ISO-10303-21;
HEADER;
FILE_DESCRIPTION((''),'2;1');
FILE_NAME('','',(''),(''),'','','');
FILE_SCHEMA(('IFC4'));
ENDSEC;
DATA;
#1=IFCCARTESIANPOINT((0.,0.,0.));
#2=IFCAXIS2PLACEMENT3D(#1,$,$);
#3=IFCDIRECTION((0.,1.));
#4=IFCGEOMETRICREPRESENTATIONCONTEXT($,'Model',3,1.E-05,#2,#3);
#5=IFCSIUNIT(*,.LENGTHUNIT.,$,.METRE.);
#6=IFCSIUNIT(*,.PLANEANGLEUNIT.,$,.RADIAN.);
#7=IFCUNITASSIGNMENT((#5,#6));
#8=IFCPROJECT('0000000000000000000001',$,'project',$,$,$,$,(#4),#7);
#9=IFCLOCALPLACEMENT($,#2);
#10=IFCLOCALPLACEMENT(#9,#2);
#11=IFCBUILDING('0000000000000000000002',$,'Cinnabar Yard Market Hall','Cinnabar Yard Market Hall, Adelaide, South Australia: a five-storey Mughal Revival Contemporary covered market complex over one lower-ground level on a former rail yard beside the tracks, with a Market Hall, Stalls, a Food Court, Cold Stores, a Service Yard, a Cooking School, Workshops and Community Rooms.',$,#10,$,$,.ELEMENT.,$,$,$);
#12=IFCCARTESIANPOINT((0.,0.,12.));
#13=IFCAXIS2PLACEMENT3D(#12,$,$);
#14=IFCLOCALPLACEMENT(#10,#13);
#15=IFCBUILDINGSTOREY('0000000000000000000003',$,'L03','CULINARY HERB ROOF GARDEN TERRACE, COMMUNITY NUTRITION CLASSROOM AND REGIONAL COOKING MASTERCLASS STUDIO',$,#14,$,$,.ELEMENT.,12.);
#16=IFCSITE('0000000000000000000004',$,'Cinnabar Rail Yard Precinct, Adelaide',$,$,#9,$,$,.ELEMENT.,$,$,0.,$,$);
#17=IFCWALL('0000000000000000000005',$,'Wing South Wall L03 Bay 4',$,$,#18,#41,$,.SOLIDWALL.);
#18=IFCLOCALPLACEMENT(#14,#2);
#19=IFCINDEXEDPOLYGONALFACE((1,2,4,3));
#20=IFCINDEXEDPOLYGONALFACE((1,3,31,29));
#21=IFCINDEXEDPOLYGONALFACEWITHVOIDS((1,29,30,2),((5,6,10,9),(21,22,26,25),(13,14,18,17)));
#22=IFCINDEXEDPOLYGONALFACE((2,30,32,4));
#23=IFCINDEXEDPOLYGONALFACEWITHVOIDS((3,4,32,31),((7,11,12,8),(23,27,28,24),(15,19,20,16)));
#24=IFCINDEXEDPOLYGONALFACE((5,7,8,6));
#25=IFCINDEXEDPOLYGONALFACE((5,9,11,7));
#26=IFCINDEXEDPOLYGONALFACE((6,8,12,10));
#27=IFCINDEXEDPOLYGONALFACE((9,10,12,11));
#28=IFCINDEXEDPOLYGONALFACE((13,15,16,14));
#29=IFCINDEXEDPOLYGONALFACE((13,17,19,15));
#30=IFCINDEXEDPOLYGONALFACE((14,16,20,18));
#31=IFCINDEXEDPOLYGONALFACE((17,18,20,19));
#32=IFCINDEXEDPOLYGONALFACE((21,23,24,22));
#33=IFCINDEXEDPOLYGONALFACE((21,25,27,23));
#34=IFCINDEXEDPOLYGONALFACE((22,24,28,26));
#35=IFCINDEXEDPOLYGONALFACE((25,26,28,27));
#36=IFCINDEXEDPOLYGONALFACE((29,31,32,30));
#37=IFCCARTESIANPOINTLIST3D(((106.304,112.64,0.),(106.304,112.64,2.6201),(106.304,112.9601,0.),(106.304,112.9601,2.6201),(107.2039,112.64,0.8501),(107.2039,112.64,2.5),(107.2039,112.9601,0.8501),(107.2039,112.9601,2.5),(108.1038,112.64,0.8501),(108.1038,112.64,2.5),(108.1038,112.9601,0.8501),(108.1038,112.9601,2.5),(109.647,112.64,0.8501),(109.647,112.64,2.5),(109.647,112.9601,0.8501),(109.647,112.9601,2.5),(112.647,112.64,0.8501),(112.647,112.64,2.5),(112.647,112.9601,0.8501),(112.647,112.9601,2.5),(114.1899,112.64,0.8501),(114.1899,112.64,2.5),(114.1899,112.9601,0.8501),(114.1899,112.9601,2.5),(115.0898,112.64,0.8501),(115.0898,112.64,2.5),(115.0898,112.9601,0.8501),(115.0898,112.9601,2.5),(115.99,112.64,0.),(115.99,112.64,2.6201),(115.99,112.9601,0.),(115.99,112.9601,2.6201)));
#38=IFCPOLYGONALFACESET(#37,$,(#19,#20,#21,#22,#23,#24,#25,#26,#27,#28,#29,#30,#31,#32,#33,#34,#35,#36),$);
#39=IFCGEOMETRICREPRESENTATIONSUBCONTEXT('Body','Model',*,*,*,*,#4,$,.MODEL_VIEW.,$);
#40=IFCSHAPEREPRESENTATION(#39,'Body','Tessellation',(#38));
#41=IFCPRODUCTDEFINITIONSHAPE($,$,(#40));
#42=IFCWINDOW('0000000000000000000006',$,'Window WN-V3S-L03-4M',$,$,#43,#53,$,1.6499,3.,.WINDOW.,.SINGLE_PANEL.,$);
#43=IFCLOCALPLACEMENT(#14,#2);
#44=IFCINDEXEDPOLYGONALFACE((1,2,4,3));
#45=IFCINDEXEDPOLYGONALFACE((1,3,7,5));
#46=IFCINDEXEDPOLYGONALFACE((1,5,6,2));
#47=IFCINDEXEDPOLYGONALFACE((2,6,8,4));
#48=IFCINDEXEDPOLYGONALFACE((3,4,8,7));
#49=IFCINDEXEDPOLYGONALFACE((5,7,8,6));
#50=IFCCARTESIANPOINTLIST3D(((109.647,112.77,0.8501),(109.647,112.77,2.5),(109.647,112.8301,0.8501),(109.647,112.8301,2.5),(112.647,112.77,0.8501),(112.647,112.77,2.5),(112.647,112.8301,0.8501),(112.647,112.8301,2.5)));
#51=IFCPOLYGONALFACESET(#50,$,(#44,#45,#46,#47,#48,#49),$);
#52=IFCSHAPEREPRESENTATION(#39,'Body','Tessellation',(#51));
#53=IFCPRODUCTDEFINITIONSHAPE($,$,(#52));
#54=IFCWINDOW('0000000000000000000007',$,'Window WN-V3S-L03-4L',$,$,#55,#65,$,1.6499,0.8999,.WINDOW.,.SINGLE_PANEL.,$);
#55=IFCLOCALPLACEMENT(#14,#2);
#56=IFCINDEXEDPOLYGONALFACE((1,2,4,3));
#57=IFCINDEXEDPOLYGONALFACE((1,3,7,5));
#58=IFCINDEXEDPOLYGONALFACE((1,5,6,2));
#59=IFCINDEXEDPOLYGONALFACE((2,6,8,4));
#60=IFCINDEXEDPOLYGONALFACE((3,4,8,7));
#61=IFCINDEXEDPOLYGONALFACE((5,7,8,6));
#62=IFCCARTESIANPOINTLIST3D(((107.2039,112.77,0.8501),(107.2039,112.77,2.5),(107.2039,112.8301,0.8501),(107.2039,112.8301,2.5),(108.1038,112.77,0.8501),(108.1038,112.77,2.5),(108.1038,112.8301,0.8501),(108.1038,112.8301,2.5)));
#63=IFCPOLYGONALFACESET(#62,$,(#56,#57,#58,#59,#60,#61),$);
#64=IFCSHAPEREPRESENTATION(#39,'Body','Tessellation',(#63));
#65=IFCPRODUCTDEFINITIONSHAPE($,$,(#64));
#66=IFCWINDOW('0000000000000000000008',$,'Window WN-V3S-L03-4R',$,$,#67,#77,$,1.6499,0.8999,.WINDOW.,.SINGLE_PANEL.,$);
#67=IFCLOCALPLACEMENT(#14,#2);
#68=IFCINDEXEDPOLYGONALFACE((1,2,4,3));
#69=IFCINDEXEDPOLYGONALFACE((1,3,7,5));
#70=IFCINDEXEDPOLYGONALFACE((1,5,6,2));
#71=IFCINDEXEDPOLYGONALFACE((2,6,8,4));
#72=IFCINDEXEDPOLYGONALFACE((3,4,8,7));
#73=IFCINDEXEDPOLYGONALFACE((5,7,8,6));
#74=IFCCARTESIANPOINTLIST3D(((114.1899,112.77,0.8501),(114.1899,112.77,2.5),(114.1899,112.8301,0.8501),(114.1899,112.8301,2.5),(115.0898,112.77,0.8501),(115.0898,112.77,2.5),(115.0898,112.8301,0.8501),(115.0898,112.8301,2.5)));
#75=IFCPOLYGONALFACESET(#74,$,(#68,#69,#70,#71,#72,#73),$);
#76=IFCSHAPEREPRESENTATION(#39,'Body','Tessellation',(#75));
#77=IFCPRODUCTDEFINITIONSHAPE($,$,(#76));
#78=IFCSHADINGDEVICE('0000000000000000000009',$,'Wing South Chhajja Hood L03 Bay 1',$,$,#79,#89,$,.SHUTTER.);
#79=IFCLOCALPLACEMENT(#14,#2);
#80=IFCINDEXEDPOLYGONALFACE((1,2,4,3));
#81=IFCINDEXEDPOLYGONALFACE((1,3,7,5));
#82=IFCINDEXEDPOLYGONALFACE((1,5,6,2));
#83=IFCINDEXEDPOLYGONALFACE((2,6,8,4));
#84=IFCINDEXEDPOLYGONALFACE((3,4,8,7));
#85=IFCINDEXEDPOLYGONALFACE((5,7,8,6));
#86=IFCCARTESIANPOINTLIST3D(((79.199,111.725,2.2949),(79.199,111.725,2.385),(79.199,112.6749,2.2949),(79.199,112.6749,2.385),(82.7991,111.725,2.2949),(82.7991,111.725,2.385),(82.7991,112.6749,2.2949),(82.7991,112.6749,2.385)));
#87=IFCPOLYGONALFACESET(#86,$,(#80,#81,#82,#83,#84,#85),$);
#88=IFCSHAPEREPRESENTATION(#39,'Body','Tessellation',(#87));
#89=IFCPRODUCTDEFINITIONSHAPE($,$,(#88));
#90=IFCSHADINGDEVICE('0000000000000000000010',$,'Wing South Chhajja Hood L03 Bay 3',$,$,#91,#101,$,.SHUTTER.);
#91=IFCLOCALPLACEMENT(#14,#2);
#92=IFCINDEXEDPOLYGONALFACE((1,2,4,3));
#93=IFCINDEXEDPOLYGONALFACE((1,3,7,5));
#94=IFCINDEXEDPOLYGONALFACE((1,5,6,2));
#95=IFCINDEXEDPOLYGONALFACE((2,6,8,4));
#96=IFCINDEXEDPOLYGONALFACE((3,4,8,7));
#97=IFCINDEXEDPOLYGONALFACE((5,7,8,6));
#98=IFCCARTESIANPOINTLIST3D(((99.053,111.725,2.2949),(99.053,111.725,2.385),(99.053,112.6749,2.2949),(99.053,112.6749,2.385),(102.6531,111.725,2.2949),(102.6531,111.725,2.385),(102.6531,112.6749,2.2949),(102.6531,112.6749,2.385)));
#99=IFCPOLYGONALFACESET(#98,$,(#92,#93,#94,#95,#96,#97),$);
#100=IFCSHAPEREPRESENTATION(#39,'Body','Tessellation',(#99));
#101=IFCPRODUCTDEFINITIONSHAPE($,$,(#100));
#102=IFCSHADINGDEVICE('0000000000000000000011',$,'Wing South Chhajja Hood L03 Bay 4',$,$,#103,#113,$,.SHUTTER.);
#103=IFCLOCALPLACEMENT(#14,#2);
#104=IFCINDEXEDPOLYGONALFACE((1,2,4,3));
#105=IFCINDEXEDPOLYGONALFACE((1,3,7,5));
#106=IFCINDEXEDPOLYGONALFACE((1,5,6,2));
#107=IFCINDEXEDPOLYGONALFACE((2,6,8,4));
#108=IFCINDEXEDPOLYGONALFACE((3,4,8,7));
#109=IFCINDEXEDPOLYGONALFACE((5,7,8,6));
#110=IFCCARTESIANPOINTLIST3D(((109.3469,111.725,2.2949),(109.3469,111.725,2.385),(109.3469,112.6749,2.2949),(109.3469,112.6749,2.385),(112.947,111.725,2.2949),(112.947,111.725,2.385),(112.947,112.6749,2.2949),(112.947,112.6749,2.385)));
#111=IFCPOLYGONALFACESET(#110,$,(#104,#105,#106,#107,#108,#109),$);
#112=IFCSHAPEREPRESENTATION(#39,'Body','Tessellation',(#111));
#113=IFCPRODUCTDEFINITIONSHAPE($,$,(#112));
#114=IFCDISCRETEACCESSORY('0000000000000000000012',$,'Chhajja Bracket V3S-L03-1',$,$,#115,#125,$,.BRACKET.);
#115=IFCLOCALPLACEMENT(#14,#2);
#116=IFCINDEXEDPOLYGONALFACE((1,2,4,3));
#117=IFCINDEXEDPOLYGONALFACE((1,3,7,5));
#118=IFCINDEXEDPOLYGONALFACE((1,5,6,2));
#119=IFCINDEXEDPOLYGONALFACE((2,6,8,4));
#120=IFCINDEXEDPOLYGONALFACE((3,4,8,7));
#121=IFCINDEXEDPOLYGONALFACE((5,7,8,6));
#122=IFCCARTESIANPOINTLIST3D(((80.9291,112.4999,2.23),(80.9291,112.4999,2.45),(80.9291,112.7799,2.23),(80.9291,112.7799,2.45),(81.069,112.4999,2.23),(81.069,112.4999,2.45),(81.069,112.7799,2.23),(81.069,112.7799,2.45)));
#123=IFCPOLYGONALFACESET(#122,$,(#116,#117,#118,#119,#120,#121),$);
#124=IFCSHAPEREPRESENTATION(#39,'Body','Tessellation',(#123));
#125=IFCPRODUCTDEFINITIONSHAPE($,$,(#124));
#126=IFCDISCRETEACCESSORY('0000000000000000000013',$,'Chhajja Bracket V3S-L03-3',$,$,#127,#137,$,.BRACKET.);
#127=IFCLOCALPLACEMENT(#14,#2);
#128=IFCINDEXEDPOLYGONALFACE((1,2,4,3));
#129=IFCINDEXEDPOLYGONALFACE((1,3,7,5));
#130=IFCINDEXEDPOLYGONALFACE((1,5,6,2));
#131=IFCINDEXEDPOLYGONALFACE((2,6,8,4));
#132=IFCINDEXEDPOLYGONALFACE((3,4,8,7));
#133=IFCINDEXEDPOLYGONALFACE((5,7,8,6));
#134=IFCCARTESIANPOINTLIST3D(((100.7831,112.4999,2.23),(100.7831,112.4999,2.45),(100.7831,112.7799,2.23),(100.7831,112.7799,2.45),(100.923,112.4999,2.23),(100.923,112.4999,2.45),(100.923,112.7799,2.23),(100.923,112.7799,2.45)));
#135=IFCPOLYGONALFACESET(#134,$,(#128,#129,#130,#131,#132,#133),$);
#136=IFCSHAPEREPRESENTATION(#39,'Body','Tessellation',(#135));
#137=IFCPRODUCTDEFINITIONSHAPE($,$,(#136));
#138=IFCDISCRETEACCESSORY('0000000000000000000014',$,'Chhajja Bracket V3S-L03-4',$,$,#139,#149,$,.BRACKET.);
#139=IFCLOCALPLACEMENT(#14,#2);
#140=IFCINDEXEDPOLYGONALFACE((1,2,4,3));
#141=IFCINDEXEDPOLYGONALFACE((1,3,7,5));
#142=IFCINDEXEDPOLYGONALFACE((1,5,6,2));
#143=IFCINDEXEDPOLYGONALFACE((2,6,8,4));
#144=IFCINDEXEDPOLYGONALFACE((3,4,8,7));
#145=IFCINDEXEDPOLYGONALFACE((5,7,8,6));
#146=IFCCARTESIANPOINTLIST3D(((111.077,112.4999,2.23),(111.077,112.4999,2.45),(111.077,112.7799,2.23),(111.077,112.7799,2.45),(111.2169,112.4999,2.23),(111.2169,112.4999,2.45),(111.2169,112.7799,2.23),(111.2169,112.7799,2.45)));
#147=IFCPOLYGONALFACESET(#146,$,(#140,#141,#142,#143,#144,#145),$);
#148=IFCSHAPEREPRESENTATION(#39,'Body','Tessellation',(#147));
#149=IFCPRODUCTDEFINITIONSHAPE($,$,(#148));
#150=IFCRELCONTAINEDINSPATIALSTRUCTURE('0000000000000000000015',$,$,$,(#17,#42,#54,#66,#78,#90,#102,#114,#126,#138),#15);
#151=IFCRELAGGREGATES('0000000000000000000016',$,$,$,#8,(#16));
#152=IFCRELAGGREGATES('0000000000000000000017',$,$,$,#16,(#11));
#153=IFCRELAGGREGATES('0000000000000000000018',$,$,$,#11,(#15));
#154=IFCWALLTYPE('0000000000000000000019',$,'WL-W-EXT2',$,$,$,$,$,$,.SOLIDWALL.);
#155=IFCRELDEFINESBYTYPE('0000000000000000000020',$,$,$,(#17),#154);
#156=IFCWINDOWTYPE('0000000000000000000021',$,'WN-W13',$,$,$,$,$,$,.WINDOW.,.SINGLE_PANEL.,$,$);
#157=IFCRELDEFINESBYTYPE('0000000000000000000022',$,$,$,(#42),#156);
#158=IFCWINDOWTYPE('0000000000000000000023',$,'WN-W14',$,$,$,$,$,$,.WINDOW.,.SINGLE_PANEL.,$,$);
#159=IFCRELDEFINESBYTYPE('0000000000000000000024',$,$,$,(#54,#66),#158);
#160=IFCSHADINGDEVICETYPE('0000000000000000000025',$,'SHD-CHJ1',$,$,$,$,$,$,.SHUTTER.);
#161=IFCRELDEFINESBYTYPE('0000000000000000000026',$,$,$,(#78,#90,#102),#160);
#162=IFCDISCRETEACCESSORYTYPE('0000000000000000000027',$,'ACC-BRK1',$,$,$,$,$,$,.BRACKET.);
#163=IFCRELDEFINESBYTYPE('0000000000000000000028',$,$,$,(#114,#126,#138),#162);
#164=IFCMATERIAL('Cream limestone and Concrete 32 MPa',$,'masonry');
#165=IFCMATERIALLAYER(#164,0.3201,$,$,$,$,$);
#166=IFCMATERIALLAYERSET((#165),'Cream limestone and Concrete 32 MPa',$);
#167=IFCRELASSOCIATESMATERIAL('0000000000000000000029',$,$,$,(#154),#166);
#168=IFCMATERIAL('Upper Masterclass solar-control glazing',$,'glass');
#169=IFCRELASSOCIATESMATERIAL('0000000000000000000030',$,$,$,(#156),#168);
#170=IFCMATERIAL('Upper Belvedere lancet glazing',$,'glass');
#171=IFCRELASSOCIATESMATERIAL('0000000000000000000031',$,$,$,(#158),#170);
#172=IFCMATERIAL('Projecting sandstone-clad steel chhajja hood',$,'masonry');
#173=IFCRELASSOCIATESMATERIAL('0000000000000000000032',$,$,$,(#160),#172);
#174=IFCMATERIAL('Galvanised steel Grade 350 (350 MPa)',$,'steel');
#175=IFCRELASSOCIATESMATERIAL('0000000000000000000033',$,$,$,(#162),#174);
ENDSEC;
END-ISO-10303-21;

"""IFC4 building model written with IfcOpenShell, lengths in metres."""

from ifc_helpers import new_model, si_unit, direction, frame, frame_2d, origin, origin_2d_with_axis, place, context, subcontext, project, spatial, rectangle, extrude, material, layer, layer_set, type_object, element, fill, save


model = new_model("IFC4")

# Units and contexts
model_context = context("Model", 3, precision=1e-05, world=origin(), true_north=direction((0.0, 1.0)))
body_context = subcontext(model_context, "Body", "Model", "MODEL_VIEW")
ifc_project = project(units=[si_unit("LENGTHUNIT", "METRE"), si_unit("PLANEANGLEUNIT", "RADIAN")], contexts=[model_context])

# Site, building, storey
site_placement = place(None, origin())
site = spatial("IfcSite", under=ifc_project, at=site_placement, Name="Cinnabar Rail Yard Precinct, Adelaide", CompositionType="ELEMENT", RefElevation=0.0)
building_placement = place(site_placement, origin())
building = spatial("IfcBuilding", under=site, at=building_placement, Name="Cinnabar Yard Market Hall", Description="Cinnabar Yard Market Hall, Adelaide, South Australia: a five-storey Mughal Revival Contemporary covered market complex over one lower-ground level on a former rail yard beside the tracks, with a Market Hall, Stalls, a Food Court, Cold Stores, a Service Yard, a Cooking School, Workshops and Community Rooms.", CompositionType="ELEMENT")
storey_placement = place(building_placement, frame((0.0, 0.0, 12.0)))
storey = spatial("IfcBuildingStorey", under=building, at=storey_placement, Name="L03", Description="CULINARY HERB ROOF GARDEN TERRACE, COMMUNITY NUTRITION CLASSROOM AND REGIONAL COOKING MASTERCLASS STUDIO", CompositionType="ELEMENT", Elevation=12.0)

# Shared definitions
ifc_material_1 = material(Name="Cream limestone and Concrete 32 MPa", Category="masonry")
ifc_layer_1 = layer(ifc_material_1, 0.3201)
ifc_layer_set_1 = layer_set([ifc_layer_1], Name="Cream limestone and Concrete 32 MPa")
wall_type_1 = type_object("IfcWallType", Name="WL-W-EXT2", PredefinedType="SOLIDWALL", material=ifc_layer_set_1)

# Wall, openings, windows
wall_1_placement = place(storey_placement, frame((106.304, 112.8, 0.0), z_axis=(0.0, 0.0, 1.0), x_axis=(1.0, 0.0, 0.0)))
wall_1 = element("IfcWall", 1, at=wall_1_placement, inside=storey, type_object=wall_type_1, Name="Wing South Wall L03 Bay 4", PredefinedType="SOLIDWALL", context=body_context, shape_type="SweptSolid", body=[
    extrude(rectangle(XDim=9.686, YDim=0.3201, at=frame_2d((4.843, 0.0), x_axis=(1.0, 0.0))), origin(), (0.0, 0.0, 1.0), 2.6201),
])
opening_1_placement = place(wall_1_placement, frame((3.343, 0.0, 0.8501)))
opening_1 = element("IfcOpeningElement", 2, at=opening_1_placement, cuts=wall_1, PredefinedType="OPENING", context=body_context, shape_type="SweptSolid", body=[
    extrude(rectangle(XDim=3.0, YDim=1.6499, at=frame_2d((1.5, 0.825), x_axis=(1.0, 0.0))), frame((0.0, 0.1699, 0.0), z_axis=(0.0, -1.0, 0.0), x_axis=(1.0, 0.0, 0.0)), (0.0, 0.0, 1.0), 0.3401),
])
opening_2_placement = place(wall_1_placement, frame((0.8999, 0.0, 0.8501)))
opening_2 = element("IfcOpeningElement", 3, at=opening_2_placement, cuts=wall_1, PredefinedType="OPENING", context=body_context, shape_type="SweptSolid", body=[
    extrude(rectangle(XDim=0.8999, YDim=1.6499, at=frame_2d((0.45, 0.825), x_axis=(1.0, 0.0))), frame((0.0, 0.1699, 0.0), z_axis=(0.0, -1.0, 0.0), x_axis=(1.0, 0.0, 0.0)), (0.0, 0.0, 1.0), 0.3401),
])
opening_3_placement = place(wall_1_placement, frame((7.886, 0.0, 0.8501)))
opening_3 = element("IfcOpeningElement", 4, at=opening_3_placement, cuts=wall_1, PredefinedType="OPENING", context=body_context, shape_type="SweptSolid", body=[
    extrude(rectangle(XDim=0.8999, YDim=1.6499, at=frame_2d((0.45, 0.825), x_axis=(1.0, 0.0))), frame((0.0, 0.1699, 0.0), z_axis=(0.0, -1.0, 0.0), x_axis=(1.0, 0.0, 0.0)), (0.0, 0.0, 1.0), 0.3401),
])
ifc_material_2 = material(Name="Upper Masterclass solar-control glazing", Category="glass")
window_type_1 = type_object("IfcWindowType", Name="WN-W13", PartitioningType="SINGLE_PANEL", PredefinedType="WINDOW", material=ifc_material_2)
window_1_placement = place(opening_1_placement, origin())
window_1 = element("IfcWindow", 5, at=window_1_placement, inside=storey, type_object=window_type_1, Name="Window WN-V3S-L03-4M", OverallHeight=1.6499, OverallWidth=3.0, PartitioningType="SINGLE_PANEL", PredefinedType="WINDOW", context=body_context, shape_type="SweptSolid", body=[
    extrude(rectangle(XDim=3.0, YDim=1.6499, at=frame_2d((1.5, 0.825), x_axis=(1.0, 0.0))), frame((0.0, 0.03, 0.0), z_axis=(0.0, -1.0, 0.0), x_axis=(1.0, 0.0, 0.0)), (0.0, 0.0, 1.0), 0.0601),
])
fill(opening_1, window_1)
ifc_material_3 = material(Name="Upper Belvedere lancet glazing", Category="glass")
window_type_2 = type_object("IfcWindowType", Name="WN-W14", PartitioningType="SINGLE_PANEL", PredefinedType="WINDOW", material=ifc_material_3)
window_2_placement = place(opening_2_placement, origin())
window_2 = element("IfcWindow", 6, at=window_2_placement, inside=storey, type_object=window_type_2, Name="Window WN-V3S-L03-4L", OverallHeight=1.6499, OverallWidth=0.8999, PartitioningType="SINGLE_PANEL", PredefinedType="WINDOW", context=body_context, shape_type="SweptSolid", body=[
    extrude(rectangle(XDim=0.8999, YDim=1.6499, at=frame_2d((0.45, 0.825), x_axis=(1.0, 0.0))), frame((0.0, 0.03, 0.0), z_axis=(0.0, -1.0, 0.0), x_axis=(1.0, 0.0, 0.0)), (0.0, 0.0, 1.0), 0.0601),
])
fill(opening_2, window_2)
window_3_placement = place(opening_3_placement, origin())
window_3 = element("IfcWindow", 7, at=window_3_placement, inside=storey, type_object=window_type_2, Name="Window WN-V3S-L03-4R", OverallHeight=1.6499, OverallWidth=0.8999, PartitioningType="SINGLE_PANEL", PredefinedType="WINDOW", context=body_context, shape_type="SweptSolid", body=[
    extrude(rectangle(XDim=0.8999, YDim=1.6499, at=frame_2d((0.45, 0.825), x_axis=(1.0, 0.0))), frame((0.0, 0.03, 0.0), z_axis=(0.0, -1.0, 0.0), x_axis=(1.0, 0.0, 0.0)), (0.0, 0.0, 1.0), 0.0601),
])
fill(opening_3, window_3)

# Shading devices
ifc_material_4 = material(Name="Projecting sandstone-clad steel chhajja hood", Category="masonry")
shading_device_type = type_object("IfcShadingDeviceType", Name="SHD-CHJ1", PredefinedType="SHUTTER", material=ifc_material_4)
for number, where, z_axis, x_axis, name in (
    (8, (80.999, 112.2, 2.2949), (0.0, 0.0, 1.0), (1.0, 0.0, 0.0), "Wing South Chhajja Hood L03 Bay 1"),
    (9, (100.853, 112.2, 2.2949), (0.0, 0.0, 1.0), (1.0, 0.0, 0.0), "Wing South Chhajja Hood L03 Bay 3"),
    (10, (111.147, 112.2, 2.2949), (0.0, 0.0, 1.0), (1.0, 0.0, 0.0), "Wing South Chhajja Hood L03 Bay 4"),
):
    element("IfcShadingDevice", number, at=place(storey_placement, frame(where, z_axis=z_axis, x_axis=x_axis)), inside=storey, type_object=shading_device_type, Name=name, PredefinedType="SHUTTER", context=body_context, shape_type="SweptSolid", body=[
        extrude(rectangle(XDim=3.6001, YDim=0.95, at=origin_2d_with_axis()), origin(), (0.0, 0.0, 1.0), 0.0901),
    ])

# Discrete accessories
ifc_material_5 = material(Name="Galvanised steel Grade 350 (350 MPa)", Category="steel")
discrete_accessory_type = type_object("IfcDiscreteAccessoryType", Name="ACC-BRK1", PredefinedType="BRACKET", material=ifc_material_5)
for number, where, z_axis, x_axis, name in (
    (11, (80.999, 112.6399, 2.23), (0.0, 0.0, 1.0), (1.0, 0.0, 0.0), "Chhajja Bracket V3S-L03-1"),
    (12, (100.853, 112.6399, 2.23), (0.0, 0.0, 1.0), (1.0, 0.0, 0.0), "Chhajja Bracket V3S-L03-3"),
    (13, (111.147, 112.6399, 2.23), (0.0, 0.0, 1.0), (1.0, 0.0, 0.0), "Chhajja Bracket V3S-L03-4"),
):
    element("IfcDiscreteAccessory", number, at=place(storey_placement, frame(where, z_axis=z_axis, x_axis=x_axis)), inside=storey, type_object=discrete_accessory_type, Name=name, PredefinedType="BRACKET", context=body_context, shape_type="SweptSolid", body=[
        extrude(rectangle(XDim=0.1399, YDim=0.28, at=origin_2d_with_axis()), origin(), (0.0, 0.0, 1.0), 0.22),
    ])

save(model, "model.ifc")
